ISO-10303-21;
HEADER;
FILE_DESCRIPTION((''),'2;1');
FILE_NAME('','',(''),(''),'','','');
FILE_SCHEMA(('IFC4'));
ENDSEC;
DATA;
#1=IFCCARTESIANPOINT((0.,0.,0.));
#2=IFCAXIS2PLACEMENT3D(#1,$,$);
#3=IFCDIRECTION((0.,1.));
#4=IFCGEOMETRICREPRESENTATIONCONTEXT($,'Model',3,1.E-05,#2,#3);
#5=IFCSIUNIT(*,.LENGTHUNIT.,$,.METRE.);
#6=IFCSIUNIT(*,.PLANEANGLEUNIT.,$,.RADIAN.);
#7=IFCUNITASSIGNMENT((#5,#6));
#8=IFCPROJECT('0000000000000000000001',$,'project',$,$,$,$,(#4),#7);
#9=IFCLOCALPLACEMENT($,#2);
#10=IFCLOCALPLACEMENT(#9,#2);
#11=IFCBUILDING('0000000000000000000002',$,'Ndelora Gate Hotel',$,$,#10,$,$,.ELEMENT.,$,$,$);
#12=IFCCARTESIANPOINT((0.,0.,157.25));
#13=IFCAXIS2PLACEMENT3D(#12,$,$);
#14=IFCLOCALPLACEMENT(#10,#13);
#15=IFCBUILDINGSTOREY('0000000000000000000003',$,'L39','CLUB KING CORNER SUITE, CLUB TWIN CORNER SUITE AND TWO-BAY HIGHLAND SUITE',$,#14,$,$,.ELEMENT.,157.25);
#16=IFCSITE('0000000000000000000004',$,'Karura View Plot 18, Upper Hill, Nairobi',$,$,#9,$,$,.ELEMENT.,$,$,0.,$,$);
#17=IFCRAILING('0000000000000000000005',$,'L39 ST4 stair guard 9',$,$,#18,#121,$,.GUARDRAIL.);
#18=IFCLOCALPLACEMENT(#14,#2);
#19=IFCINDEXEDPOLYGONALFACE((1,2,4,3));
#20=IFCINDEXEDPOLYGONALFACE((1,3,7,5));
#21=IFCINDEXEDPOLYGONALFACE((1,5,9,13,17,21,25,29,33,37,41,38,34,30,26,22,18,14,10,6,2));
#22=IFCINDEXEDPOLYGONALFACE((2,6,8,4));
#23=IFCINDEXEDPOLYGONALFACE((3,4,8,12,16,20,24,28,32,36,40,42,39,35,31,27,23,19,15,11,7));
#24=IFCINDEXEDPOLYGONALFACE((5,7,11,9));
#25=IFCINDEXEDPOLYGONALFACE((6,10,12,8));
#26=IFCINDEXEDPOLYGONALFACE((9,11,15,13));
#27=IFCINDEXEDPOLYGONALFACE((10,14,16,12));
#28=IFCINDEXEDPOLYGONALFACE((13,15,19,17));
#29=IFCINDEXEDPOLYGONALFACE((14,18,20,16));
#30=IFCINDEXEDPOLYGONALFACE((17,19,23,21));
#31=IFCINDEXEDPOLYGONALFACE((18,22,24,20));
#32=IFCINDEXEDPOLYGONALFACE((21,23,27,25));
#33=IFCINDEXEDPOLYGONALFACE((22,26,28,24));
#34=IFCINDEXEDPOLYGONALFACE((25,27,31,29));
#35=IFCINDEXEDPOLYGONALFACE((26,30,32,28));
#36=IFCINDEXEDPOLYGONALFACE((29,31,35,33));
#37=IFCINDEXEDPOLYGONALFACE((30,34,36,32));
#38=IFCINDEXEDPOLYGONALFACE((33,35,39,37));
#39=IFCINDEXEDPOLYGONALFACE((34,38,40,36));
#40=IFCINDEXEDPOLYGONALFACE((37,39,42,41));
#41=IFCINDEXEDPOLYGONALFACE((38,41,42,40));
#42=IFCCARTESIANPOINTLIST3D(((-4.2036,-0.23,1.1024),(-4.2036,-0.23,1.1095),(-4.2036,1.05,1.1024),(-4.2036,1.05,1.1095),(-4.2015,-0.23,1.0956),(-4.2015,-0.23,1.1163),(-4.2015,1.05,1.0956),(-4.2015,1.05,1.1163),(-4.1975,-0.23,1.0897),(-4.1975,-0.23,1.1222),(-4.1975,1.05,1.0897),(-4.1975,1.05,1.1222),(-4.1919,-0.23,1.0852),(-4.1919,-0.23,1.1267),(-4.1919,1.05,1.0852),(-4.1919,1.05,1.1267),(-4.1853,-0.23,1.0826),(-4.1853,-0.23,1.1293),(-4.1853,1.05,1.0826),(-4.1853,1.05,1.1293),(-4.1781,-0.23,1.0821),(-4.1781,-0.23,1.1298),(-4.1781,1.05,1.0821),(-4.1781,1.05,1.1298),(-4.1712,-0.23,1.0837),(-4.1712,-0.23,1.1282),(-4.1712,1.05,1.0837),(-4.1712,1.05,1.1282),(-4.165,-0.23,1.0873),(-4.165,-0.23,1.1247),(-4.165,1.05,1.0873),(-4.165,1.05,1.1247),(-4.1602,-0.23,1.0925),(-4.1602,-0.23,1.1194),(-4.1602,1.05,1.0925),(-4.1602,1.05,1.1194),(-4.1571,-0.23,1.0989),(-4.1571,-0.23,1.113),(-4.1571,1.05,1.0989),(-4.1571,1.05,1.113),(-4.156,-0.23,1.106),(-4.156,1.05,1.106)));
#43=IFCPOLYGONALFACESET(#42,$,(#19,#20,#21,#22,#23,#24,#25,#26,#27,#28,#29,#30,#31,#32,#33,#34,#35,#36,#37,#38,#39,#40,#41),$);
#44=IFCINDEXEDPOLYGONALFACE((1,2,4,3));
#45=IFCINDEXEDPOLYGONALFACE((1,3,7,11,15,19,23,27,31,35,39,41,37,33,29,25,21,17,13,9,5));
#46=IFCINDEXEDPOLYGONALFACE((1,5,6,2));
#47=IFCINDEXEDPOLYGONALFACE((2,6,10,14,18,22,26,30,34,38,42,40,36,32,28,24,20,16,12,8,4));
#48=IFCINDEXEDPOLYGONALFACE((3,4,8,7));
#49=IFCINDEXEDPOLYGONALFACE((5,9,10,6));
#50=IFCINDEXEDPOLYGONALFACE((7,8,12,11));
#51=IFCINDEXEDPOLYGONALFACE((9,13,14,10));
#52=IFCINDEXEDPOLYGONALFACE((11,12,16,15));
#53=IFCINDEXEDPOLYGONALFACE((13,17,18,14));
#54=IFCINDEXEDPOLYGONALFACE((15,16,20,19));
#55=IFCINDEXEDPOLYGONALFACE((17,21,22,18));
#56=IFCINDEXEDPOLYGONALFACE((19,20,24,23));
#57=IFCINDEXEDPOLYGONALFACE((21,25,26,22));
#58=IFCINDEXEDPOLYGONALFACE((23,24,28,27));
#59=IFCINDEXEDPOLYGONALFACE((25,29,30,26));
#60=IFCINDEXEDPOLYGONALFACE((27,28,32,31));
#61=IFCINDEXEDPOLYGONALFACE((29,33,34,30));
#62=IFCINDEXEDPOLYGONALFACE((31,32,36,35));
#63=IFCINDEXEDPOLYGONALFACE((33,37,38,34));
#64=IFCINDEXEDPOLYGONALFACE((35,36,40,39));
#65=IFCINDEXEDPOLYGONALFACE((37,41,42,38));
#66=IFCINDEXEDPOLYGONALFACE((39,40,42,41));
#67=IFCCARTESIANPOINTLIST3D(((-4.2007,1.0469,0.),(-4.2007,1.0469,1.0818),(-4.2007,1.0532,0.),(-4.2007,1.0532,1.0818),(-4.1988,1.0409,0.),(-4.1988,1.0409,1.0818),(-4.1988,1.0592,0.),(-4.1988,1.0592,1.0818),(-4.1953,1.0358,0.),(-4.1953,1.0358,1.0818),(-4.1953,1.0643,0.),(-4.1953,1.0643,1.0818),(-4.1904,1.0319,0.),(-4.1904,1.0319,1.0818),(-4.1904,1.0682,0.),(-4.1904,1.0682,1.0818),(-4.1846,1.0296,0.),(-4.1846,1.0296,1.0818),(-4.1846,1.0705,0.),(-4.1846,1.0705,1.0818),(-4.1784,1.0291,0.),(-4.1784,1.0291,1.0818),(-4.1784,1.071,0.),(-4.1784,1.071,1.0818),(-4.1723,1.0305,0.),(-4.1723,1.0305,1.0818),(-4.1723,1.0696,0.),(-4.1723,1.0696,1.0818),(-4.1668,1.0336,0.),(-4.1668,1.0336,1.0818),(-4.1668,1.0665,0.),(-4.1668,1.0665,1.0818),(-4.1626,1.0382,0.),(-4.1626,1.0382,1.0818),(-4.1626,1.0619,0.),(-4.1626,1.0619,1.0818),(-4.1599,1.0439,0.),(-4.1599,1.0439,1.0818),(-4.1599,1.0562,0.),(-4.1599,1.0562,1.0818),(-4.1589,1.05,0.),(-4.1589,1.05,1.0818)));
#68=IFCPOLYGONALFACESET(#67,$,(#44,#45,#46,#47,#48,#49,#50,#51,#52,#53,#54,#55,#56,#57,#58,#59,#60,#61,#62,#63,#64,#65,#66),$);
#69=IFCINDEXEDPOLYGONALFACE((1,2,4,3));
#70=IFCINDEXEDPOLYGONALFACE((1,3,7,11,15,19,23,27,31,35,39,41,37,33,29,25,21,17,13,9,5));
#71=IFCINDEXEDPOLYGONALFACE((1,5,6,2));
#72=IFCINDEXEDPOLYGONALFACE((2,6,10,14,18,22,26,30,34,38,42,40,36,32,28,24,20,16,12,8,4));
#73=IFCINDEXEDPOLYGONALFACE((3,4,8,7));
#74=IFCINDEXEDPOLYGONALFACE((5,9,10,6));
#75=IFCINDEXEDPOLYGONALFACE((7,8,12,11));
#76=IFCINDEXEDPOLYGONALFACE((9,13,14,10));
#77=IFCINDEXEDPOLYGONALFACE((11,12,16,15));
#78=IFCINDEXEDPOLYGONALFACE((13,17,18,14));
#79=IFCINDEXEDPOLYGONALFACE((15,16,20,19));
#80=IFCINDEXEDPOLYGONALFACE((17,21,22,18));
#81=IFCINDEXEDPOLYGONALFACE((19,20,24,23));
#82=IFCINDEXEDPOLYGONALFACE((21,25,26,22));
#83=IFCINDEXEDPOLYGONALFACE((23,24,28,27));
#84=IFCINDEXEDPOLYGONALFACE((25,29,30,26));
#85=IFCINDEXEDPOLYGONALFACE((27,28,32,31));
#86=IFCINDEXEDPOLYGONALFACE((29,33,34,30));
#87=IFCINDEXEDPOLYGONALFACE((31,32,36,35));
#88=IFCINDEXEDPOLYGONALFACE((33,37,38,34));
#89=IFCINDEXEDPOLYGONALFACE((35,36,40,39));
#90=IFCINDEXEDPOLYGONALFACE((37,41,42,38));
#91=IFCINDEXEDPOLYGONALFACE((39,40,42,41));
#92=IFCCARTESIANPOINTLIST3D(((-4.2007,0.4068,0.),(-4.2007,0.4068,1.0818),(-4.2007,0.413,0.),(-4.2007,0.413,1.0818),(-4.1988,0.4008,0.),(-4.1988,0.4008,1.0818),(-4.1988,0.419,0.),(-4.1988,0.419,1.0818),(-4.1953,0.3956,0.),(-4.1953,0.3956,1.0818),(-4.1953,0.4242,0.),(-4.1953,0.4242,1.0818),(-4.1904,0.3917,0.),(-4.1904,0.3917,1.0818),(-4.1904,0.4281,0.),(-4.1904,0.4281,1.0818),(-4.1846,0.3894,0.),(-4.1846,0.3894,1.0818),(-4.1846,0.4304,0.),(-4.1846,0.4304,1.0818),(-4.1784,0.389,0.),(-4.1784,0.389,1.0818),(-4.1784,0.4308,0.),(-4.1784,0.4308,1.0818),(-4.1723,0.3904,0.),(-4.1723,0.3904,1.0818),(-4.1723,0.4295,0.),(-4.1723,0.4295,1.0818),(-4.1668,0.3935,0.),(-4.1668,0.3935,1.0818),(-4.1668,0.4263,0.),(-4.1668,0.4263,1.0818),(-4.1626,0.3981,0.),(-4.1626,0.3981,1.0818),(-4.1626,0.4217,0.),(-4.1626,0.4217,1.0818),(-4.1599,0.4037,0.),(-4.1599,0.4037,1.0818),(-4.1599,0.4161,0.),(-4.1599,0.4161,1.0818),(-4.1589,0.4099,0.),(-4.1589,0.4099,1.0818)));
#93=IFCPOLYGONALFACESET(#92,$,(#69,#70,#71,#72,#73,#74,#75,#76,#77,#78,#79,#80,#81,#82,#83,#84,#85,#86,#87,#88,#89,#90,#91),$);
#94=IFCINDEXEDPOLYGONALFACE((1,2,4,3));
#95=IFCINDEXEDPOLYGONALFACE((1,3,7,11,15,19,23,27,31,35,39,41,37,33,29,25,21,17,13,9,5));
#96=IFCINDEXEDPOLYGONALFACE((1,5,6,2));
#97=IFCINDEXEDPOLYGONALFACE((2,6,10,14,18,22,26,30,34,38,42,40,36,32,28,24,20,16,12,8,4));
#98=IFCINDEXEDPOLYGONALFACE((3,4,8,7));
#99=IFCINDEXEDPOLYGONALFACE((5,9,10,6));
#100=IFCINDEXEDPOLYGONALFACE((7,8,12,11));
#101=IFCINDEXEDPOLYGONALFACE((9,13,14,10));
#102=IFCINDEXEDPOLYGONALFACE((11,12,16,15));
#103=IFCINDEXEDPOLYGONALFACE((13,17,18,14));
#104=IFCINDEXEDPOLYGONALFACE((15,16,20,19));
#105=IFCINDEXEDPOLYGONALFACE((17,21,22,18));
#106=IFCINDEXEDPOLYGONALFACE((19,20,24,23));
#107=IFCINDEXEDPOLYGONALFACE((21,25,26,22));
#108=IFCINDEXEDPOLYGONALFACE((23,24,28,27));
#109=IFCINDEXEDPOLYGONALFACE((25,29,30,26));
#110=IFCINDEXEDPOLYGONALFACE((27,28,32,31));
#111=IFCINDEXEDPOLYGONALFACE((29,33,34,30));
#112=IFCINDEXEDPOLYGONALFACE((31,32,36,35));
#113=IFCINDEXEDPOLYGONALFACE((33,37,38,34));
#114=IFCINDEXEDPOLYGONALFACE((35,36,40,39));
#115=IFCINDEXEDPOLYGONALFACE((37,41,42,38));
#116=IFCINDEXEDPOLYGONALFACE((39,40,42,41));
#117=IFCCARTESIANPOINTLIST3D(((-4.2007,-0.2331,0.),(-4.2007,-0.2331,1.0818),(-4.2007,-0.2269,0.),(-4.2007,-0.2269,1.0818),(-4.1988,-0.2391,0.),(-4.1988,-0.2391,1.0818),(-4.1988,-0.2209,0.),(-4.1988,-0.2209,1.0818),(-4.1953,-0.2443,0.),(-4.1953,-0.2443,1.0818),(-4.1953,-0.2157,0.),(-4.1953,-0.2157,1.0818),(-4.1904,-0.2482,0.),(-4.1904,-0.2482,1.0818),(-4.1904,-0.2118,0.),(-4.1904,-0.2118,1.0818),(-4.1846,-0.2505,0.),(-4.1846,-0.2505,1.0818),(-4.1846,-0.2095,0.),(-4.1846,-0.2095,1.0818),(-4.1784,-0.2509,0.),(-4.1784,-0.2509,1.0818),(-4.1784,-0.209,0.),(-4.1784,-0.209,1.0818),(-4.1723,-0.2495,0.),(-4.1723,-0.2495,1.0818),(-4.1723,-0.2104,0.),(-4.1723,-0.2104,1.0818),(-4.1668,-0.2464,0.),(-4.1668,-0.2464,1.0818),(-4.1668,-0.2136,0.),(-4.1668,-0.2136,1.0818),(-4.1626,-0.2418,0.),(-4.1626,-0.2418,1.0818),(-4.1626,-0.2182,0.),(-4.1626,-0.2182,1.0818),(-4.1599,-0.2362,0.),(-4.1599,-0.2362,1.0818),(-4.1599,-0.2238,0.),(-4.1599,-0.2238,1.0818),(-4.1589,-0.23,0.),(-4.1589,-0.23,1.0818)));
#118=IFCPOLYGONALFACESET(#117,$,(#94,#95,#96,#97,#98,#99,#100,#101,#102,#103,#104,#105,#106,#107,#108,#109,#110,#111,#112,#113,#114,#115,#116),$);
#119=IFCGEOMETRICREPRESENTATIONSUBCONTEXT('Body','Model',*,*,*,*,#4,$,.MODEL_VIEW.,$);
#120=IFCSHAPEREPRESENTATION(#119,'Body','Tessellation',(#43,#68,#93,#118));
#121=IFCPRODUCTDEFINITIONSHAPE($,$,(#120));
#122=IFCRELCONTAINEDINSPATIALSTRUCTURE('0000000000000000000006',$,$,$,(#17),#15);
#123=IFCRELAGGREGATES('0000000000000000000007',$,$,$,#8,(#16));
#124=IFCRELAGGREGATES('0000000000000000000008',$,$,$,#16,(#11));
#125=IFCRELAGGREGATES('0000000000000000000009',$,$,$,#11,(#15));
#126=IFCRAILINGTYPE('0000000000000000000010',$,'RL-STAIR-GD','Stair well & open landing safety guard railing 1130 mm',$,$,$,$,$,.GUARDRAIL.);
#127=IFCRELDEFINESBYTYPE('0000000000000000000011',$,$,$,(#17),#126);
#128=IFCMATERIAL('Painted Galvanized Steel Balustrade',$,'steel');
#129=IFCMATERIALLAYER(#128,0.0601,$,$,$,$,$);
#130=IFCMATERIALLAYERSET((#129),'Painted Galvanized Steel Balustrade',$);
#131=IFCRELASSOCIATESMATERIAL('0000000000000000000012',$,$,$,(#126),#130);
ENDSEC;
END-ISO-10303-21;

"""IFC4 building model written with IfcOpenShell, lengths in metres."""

from ifc_helpers import new_model, si_unit, direction, frame, origin, origin_2d, place, context, subcontext, project, spatial, circle, extrude, material, layer, layer_set, type_object, element, save


model = new_model("IFC4")

# Units and contexts
model_context = context("Model", 3, precision=1e-05, world=origin(), true_north=direction((0.0, 1.0)))
body_context = subcontext(model_context, "Body", "Model", "MODEL_VIEW")
ifc_project = project(units=[si_unit("LENGTHUNIT", "METRE"), si_unit("PLANEANGLEUNIT", "RADIAN")], contexts=[model_context])

# Site, building, storey
site_placement = place(None, origin())
site = spatial("IfcSite", under=ifc_project, at=site_placement, Name="Karura View Plot 18, Upper Hill, Nairobi", CompositionType="ELEMENT", RefElevation=0.0)
building_placement = place(site_placement, origin())
building = spatial("IfcBuilding", under=site, at=building_placement, Name="Ndelora Gate Hotel", CompositionType="ELEMENT")
storey_placement = place(building_placement, frame((0.0, 0.0, 157.25)))
storey = spatial("IfcBuildingStorey", under=building, at=storey_placement, Name="L39", Description="CLUB KING CORNER SUITE, CLUB TWIN CORNER SUITE AND TWO-BAY HIGHLAND SUITE", CompositionType="ELEMENT", Elevation=157.25)

# Railing
ifc_material_1 = material(Name="Painted Galvanized Steel Balustrade", Category="steel")
ifc_layer_1 = layer(ifc_material_1, 0.0601)
ifc_layer_set_1 = layer_set([ifc_layer_1], Name="Painted Galvanized Steel Balustrade")
railing_type = type_object("IfcRailingType", Name="RL-STAIR-GD", Description="Stair well & open landing safety guard railing 1130 mm", PredefinedType="GUARDRAIL", material=ifc_layer_set_1)
for number, where, name in (
    (1, (-4.1799, 1.05, 0.0), "L39 ST4 stair guard 9"),
):
    element("IfcRailing", number, at=place(storey_placement, frame(where)), inside=storey, type_object=railing_type, Name=name, PredefinedType="GUARDRAIL", context=body_context, shape_type="SweptSolid", body=[
        extrude(circle(Radius=0.0239, at=origin_2d()), frame((0.0, 0.0, 1.106), z_axis=(0.0, -1.0, 0.0), x_axis=(1.0, 0.0, 0.0)), (0.0, 0.0, 1.0), 1.28),
        extrude(circle(Radius=0.021, at=origin_2d()), origin(), (0.0, 0.0, 1.0), 1.0818),
        extrude(circle(Radius=0.021, at=origin_2d()), frame((0.0, -0.6401, 0.0)), (0.0, 0.0, 1.0), 1.0818),
        extrude(circle(Radius=0.021, at=origin_2d()), frame((0.0, -1.28, 0.0)), (0.0, 0.0, 1.0), 1.0818),
    ])

save(model, "model.ifc")
